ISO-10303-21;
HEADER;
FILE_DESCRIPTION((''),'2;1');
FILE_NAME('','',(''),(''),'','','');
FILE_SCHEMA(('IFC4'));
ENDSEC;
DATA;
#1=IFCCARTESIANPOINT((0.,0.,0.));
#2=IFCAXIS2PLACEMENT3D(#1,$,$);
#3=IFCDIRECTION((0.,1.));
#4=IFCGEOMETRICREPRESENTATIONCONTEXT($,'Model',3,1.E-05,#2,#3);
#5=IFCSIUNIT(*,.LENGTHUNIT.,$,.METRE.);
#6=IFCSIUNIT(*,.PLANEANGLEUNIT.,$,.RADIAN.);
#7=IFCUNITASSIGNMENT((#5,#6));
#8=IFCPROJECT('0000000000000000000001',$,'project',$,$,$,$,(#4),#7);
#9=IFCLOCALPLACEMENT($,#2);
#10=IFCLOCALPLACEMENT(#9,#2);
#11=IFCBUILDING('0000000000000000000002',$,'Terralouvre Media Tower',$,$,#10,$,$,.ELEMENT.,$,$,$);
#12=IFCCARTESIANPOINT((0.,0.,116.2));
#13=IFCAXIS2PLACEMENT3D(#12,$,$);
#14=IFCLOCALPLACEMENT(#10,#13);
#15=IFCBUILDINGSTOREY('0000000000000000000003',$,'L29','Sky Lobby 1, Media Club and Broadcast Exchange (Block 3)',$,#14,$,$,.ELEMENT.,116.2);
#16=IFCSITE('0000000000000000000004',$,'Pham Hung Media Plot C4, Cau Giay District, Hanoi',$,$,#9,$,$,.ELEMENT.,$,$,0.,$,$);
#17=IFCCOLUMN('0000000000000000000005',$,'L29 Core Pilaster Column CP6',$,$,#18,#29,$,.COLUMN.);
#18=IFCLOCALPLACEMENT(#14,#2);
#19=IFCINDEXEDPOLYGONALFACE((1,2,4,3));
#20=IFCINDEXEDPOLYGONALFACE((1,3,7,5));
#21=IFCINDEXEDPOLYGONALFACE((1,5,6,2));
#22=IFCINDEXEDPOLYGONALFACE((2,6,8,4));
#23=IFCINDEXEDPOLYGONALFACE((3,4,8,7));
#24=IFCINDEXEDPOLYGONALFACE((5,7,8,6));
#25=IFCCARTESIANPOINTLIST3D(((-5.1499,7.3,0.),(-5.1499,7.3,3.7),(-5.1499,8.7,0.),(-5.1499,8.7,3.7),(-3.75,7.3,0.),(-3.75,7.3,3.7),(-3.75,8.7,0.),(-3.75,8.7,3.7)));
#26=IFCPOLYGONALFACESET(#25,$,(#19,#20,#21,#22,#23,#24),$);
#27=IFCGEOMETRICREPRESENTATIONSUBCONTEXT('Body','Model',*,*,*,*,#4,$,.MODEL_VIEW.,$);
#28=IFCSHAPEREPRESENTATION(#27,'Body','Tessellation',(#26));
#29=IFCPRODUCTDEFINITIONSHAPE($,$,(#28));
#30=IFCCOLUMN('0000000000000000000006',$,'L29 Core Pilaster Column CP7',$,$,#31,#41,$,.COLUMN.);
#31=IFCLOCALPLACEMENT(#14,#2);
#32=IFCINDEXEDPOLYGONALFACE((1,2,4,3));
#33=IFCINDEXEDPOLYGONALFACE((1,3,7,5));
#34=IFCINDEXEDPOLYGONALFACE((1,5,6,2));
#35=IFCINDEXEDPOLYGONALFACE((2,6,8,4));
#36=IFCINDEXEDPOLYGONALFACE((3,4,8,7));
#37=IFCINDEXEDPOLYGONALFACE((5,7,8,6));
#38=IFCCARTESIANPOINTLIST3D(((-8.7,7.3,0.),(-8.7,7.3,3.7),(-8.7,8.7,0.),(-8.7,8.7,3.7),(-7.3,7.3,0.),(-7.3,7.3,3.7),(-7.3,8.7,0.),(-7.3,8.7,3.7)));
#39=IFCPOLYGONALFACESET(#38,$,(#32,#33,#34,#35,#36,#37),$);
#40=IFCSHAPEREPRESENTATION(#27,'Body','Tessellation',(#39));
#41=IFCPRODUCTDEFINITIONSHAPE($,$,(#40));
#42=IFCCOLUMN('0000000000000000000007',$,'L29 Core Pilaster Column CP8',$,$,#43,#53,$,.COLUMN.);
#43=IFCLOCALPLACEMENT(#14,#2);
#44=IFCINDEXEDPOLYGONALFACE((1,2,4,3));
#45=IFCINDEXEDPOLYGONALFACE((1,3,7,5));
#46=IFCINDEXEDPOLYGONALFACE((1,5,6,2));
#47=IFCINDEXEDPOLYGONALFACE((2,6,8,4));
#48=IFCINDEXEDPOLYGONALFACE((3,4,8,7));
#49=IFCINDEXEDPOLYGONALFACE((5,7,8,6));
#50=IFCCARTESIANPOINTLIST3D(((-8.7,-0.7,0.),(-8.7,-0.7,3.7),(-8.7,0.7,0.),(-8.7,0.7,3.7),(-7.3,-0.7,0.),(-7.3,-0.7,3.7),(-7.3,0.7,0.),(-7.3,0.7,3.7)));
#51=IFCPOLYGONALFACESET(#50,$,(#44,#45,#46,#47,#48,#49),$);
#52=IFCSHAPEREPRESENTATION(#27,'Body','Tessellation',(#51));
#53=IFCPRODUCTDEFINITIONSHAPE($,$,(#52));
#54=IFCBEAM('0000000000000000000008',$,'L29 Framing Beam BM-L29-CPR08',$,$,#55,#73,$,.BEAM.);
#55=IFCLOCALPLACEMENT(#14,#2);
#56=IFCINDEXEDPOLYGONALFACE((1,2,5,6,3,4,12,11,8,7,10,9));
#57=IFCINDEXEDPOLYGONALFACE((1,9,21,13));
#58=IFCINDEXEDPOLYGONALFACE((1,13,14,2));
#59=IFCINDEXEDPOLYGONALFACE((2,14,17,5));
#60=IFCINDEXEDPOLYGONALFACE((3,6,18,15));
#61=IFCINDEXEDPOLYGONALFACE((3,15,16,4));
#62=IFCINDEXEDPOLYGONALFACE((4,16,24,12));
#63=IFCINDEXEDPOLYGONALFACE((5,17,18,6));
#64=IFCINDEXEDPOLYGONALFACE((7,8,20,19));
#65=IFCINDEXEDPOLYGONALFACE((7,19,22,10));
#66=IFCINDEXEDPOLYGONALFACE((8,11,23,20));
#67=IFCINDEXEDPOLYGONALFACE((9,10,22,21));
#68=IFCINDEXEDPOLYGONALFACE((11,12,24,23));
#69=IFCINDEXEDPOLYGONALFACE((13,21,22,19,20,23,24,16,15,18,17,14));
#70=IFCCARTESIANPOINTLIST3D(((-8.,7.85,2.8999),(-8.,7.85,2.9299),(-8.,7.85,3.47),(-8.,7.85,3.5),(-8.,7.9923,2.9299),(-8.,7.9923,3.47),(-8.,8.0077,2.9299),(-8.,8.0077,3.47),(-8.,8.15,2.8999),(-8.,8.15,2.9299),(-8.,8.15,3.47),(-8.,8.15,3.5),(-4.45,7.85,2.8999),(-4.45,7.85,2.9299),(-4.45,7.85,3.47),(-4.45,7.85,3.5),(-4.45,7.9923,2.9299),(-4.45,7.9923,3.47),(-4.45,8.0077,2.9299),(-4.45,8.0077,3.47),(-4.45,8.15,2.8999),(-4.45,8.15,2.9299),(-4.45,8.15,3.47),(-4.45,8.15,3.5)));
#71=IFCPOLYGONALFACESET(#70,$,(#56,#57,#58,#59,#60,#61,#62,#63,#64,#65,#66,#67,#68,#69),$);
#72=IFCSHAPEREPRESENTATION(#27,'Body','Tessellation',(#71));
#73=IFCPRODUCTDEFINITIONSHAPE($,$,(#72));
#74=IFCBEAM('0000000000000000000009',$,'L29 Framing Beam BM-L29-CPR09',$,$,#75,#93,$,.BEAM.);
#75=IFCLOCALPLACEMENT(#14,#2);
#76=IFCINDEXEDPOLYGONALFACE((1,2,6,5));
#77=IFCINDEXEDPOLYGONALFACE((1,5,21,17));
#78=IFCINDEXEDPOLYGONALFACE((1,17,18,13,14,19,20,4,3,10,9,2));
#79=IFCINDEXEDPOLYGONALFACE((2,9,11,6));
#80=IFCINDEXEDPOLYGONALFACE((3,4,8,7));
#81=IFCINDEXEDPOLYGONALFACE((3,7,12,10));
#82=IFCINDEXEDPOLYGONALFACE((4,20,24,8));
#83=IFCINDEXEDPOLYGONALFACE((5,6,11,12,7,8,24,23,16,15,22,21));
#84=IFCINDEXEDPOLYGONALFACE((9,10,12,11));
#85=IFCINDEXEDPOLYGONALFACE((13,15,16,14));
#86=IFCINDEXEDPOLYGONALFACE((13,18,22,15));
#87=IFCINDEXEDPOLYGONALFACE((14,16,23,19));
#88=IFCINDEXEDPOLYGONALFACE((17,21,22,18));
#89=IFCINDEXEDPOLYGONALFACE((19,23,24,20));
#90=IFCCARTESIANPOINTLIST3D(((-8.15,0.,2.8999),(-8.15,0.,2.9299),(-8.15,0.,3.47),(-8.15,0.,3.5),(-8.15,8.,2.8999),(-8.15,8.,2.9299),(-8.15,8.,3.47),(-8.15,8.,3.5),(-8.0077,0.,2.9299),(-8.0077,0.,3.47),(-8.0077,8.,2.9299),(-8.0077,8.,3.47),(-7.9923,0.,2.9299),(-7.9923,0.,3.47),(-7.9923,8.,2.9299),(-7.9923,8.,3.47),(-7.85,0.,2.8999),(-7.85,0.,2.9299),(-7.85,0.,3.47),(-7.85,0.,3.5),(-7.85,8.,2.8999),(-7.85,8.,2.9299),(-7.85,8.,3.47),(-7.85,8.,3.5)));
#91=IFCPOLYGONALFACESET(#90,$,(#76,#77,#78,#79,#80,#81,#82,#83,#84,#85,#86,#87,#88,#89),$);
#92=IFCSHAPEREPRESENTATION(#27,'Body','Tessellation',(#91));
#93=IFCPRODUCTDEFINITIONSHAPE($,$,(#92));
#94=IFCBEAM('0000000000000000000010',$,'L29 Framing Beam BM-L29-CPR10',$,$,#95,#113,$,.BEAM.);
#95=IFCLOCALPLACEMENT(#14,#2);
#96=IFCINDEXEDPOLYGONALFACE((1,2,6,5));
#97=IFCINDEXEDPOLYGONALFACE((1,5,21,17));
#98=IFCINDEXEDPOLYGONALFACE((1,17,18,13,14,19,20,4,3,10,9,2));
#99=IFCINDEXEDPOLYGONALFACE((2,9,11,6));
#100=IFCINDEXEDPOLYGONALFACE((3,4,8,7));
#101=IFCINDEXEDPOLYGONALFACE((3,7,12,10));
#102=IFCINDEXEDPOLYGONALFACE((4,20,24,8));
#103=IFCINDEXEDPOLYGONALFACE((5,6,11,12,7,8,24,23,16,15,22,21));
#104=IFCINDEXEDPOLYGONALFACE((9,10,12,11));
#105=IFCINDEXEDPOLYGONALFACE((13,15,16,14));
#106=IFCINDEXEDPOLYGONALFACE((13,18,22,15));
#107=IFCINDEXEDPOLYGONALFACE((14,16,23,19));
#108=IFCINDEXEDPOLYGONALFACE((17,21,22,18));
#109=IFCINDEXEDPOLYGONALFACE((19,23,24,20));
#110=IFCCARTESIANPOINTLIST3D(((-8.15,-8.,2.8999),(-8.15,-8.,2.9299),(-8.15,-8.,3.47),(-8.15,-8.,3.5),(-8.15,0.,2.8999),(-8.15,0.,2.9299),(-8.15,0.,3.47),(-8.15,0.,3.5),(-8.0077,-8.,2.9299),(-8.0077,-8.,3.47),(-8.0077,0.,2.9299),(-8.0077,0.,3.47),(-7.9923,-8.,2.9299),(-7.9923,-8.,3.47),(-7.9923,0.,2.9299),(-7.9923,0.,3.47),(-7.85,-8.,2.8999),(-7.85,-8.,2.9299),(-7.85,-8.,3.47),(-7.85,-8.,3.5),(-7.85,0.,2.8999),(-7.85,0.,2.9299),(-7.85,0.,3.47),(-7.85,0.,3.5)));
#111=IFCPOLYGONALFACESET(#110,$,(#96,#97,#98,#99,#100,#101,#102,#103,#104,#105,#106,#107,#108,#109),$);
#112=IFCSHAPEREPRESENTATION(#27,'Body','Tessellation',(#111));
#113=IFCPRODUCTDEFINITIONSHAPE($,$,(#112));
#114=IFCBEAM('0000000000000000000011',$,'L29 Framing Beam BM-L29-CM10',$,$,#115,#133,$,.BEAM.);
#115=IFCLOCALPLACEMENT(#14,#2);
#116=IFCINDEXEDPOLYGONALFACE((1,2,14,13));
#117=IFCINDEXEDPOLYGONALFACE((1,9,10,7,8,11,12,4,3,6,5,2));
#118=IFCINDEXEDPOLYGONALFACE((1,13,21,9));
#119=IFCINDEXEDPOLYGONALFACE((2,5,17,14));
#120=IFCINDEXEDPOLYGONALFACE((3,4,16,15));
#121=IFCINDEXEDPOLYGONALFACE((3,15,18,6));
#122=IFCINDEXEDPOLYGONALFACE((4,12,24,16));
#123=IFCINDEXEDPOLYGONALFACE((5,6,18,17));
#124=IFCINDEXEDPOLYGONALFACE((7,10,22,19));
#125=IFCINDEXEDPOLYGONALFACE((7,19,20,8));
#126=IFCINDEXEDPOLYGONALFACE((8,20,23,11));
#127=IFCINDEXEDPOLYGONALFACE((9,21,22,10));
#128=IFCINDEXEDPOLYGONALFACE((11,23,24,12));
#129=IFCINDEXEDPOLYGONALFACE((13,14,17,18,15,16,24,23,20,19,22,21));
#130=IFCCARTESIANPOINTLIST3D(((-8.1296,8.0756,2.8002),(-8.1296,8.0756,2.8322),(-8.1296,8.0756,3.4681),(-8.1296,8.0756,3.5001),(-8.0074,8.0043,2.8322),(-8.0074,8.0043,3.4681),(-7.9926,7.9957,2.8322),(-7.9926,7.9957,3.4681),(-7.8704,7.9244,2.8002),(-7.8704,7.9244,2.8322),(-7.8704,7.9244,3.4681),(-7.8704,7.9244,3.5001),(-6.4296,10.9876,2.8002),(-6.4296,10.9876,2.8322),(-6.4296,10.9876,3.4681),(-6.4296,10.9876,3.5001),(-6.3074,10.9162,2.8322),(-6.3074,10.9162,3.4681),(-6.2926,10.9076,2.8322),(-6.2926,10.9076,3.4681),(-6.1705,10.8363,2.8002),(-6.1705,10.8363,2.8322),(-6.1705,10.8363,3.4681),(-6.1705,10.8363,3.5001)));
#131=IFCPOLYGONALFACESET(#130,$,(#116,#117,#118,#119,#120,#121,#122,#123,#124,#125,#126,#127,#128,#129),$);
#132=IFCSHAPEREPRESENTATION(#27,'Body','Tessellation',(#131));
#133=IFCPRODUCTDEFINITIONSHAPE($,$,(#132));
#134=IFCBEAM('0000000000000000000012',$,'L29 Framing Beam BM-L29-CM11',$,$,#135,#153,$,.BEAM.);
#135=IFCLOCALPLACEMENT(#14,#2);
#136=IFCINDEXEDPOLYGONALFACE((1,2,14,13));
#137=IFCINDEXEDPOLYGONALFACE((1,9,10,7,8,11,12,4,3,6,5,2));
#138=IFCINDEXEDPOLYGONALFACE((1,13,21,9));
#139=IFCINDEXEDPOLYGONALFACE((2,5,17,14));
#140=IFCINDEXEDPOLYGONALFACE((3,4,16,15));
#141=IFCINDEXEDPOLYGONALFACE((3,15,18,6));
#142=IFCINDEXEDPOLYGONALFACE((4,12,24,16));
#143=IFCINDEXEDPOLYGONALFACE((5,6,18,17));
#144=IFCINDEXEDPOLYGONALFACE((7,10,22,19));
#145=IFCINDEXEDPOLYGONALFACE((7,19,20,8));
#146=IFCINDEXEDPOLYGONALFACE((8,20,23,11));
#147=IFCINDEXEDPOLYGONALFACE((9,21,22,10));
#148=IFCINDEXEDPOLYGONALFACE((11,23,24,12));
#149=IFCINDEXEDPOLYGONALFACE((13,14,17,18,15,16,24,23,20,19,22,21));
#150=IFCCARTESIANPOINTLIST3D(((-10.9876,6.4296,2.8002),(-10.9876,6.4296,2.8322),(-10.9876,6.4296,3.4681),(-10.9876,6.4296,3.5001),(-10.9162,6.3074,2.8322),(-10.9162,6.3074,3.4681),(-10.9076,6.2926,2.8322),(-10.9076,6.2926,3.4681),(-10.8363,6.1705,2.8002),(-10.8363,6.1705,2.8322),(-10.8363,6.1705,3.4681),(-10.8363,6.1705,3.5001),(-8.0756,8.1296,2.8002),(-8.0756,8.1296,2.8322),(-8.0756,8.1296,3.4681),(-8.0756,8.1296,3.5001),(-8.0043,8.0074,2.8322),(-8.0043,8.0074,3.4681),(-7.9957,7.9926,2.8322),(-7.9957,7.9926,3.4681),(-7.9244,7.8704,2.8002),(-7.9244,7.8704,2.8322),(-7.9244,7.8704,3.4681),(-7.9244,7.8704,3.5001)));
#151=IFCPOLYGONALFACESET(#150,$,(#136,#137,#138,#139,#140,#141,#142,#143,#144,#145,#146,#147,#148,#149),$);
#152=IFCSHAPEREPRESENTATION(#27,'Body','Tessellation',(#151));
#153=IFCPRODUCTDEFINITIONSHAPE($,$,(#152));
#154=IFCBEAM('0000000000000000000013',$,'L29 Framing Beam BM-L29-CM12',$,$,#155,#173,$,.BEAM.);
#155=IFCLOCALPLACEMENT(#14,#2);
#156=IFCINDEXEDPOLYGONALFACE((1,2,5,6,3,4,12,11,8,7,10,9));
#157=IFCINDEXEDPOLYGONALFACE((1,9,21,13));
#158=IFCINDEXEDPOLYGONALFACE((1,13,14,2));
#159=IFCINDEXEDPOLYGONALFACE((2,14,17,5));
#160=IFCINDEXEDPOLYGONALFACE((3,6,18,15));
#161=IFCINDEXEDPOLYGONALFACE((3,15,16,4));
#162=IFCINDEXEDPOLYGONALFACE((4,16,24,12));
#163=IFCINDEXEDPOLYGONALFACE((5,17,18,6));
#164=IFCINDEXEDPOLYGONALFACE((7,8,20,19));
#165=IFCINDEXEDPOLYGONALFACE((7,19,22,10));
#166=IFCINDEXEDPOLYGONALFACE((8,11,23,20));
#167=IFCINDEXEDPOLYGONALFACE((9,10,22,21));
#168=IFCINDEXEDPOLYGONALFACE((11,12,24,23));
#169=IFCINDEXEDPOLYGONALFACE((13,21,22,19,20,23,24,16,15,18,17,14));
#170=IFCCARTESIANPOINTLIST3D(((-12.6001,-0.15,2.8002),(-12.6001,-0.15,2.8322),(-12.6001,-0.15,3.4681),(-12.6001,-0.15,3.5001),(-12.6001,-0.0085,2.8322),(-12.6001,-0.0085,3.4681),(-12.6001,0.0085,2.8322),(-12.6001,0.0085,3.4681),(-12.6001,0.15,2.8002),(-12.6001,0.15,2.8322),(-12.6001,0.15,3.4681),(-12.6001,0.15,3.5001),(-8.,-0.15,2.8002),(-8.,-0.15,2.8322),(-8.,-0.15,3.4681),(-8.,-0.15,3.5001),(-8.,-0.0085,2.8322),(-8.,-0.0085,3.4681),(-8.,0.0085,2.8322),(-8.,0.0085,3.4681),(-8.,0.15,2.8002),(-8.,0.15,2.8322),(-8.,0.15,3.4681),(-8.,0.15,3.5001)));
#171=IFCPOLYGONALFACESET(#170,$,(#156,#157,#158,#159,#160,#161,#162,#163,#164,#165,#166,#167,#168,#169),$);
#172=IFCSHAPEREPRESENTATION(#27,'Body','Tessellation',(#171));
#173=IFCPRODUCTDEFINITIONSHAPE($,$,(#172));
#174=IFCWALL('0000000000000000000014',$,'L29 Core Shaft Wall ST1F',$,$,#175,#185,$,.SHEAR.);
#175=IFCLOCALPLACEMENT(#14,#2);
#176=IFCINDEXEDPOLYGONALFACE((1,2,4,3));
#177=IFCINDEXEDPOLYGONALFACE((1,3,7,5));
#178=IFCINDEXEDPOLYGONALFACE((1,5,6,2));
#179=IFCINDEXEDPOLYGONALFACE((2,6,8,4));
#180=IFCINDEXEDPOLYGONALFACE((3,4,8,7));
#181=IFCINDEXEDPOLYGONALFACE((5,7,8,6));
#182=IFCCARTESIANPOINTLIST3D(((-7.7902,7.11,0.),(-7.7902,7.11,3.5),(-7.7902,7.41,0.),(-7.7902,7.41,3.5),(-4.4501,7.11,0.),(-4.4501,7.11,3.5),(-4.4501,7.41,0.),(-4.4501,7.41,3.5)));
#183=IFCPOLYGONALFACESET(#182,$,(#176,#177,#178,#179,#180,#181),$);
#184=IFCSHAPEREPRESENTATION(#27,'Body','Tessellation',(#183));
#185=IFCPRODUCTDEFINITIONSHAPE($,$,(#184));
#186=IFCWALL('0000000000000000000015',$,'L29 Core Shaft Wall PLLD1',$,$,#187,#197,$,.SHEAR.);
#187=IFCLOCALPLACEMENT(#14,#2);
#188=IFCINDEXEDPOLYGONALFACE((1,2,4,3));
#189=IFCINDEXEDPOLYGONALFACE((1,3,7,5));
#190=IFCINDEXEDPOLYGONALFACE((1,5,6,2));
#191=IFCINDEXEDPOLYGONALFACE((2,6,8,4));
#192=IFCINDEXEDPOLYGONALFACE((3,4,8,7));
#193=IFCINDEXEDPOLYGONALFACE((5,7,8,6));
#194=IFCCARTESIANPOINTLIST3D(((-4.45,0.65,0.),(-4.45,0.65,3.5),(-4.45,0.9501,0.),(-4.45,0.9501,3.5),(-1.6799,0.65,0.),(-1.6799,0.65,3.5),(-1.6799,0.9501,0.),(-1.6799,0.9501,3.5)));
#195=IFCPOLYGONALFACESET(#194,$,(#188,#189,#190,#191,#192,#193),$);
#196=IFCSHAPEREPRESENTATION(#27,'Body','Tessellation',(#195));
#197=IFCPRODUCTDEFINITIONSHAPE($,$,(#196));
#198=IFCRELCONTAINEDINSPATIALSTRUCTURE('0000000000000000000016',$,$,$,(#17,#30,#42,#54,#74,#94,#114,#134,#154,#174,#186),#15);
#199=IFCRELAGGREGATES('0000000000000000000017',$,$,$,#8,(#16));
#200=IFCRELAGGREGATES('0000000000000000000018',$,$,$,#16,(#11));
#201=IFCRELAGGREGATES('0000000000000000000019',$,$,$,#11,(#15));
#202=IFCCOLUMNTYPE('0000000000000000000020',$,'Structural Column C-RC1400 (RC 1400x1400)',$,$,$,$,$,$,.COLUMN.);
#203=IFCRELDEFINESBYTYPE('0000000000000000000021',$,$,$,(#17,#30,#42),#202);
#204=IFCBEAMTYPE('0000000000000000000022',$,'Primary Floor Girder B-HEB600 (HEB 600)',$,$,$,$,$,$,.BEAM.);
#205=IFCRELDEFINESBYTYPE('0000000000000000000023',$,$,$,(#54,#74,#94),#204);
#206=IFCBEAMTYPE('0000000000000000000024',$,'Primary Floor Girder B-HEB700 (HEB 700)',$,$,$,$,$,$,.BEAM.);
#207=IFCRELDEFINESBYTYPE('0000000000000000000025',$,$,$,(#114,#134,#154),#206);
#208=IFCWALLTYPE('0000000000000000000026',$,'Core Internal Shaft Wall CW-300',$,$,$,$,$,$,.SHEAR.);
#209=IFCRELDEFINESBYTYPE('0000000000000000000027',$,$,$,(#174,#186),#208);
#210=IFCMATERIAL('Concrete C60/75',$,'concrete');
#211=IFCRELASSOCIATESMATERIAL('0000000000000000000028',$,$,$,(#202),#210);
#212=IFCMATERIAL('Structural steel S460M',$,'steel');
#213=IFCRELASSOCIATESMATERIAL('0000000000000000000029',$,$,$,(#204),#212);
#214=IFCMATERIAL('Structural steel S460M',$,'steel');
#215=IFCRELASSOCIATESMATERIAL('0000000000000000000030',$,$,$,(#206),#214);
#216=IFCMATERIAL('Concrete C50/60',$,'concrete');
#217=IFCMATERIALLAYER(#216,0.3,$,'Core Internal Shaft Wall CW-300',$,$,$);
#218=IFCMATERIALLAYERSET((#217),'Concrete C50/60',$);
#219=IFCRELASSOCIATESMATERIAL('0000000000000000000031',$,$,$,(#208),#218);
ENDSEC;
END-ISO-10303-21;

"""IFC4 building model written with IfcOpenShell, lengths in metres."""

from ifc_helpers import new_model, si_unit, direction, frame, frame_2d, origin, origin_2d, place, context, subcontext, project, spatial, rectangle, i_section, extrude, material, layer, layer_set, material_profile, profile_set, type_object, element, save


model = new_model("IFC4")

# Units and contexts
model_context = context("Model", 3, precision=1e-05, world=origin(), true_north=direction((0.0, 1.0)))
body_context = subcontext(model_context, "Body", "Model", "MODEL_VIEW")
ifc_project = project(units=[si_unit("LENGTHUNIT", "METRE"), si_unit("PLANEANGLEUNIT", "RADIAN")], contexts=[model_context])

# Site, building, storey
site_placement = place(None, origin())
site = spatial("IfcSite", under=ifc_project, at=site_placement, Name="Pham Hung Media Plot C4, Cau Giay District, Hanoi", CompositionType="ELEMENT", RefElevation=0.0)
building_placement = place(site_placement, origin())
building = spatial("IfcBuilding", under=site, at=building_placement, Name="Terralouvre Media Tower", CompositionType="ELEMENT")
storey_placement = place(building_placement, frame((0.0, 0.0, 116.2)))
storey = spatial("IfcBuildingStorey", under=building, at=storey_placement, Name="L29", Description="Sky Lobby 1, Media Club and Broadcast Exchange (Block 3)", CompositionType="ELEMENT", Elevation=116.2)

# Columns
ifc_material_1 = material(Name="Concrete C60/75", Category="concrete")
ifc_material_profile_1 = material_profile(ifc_material_1, rectangle(XDim=1.3999, YDim=1.3999, at=origin_2d()), Name="RC 1400x1400")
ifc_profile_set_1 = profile_set([ifc_material_profile_1], Name="Concrete C60/75")
column_type = type_object("IfcColumnType", Name="Structural Column C-RC1400 (RC 1400x1400)", PredefinedType="COLUMN", material=ifc_profile_set_1)
for number, where, z_axis, x_axis, name in (
    (1, (-4.45, 8.0, 0.0), (0.0, 0.0, 1.0), (1.0, 0.0, 0.0), "L29 Core Pilaster Column CP6"),
    (2, (-8.0, 8.0, 0.0), (0.0, 0.0, 1.0), (1.0, 0.0, 0.0), "L29 Core Pilaster Column CP7"),
    (3, (-8.0, 0.0, 0.0), (0.0, 0.0, 1.0), (1.0, 0.0, 0.0), "L29 Core Pilaster Column CP8"),
):
    element("IfcColumn", number, at=place(storey_placement, frame(where, z_axis=z_axis, x_axis=x_axis)), inside=storey, type_object=column_type, Name=name, PredefinedType="COLUMN", context=body_context, shape_type="SweptSolid", body=[
        extrude(rectangle(XDim=1.3999, YDim=1.3999, at=origin_2d()), origin(), (0.0, 0.0, 1.0), 3.7),
    ])

# Beams
ifc_material_2 = material(Name="Structural steel S460M", Category="steel")
ifc_material_profile_2 = material_profile(ifc_material_2, i_section(OverallWidth=0.3, OverallDepth=0.6001, WebThickness=0.0154, FlangeThickness=0.03, at=origin_2d()), Name="HEB 600")
ifc_profile_set_2 = profile_set([ifc_material_profile_2], Name="Structural steel S460M")
beam_type_1 = type_object("IfcBeamType", Name="Primary Floor Girder B-HEB600 (HEB 600)", PredefinedType="BEAM", material=ifc_profile_set_2)
beam_1_placement = place(storey_placement, frame((-4.45, 8.0, 3.2), z_axis=(-1.0, 0.0, 0.0), x_axis=(0.0, -1.0, 0.0)))
element("IfcBeam", 4, at=beam_1_placement, inside=storey, type_object=beam_type_1, Name="L29 Framing Beam BM-L29-CPR08", PredefinedType="BEAM", context=body_context, shape_type="SweptSolid", body=[
    extrude(i_section(OverallWidth=0.3, OverallDepth=0.6001, WebThickness=0.0154, FlangeThickness=0.03, at=origin_2d()), origin(), (0.0, 0.0, 1.0), 3.55),
])
for number, where, z_axis, x_axis, name in (
    (5, (-8.0, 8.0, 3.2), (0.0, -1.0, 0.0), (1.0, 0.0, 0.0), "L29 Framing Beam BM-L29-CPR09"),
    (6, (-8.0, 0.0, 3.2), (0.0, -1.0, 0.0), (1.0, 0.0, 0.0), "L29 Framing Beam BM-L29-CPR10"),
):
    element("IfcBeam", number, at=place(storey_placement, frame(where, z_axis=z_axis, x_axis=x_axis)), inside=storey, type_object=beam_type_1, Name=name, PredefinedType="BEAM", context=body_context, shape_type="SweptSolid", body=[
        extrude(i_section(OverallWidth=0.3, OverallDepth=0.6001, WebThickness=0.0154, FlangeThickness=0.03, at=origin_2d()), origin(), (0.0, 0.0, 1.0), 8.0),
    ])
ifc_material_3 = material(Name="Structural steel S460M", Category="steel")
ifc_material_profile_3 = material_profile(ifc_material_3, i_section(OverallWidth=0.3, OverallDepth=0.7, WebThickness=0.0171, FlangeThickness=0.032, at=origin_2d()), Name="HEB 700")
ifc_profile_set_3 = profile_set([ifc_material_profile_3], Name="Structural steel S460M")
beam_type_2 = type_object("IfcBeamType", Name="Primary Floor Girder B-HEB700 (HEB 700)", PredefinedType="BEAM", material=ifc_profile_set_3)
for number, where, z_axis, x_axis, name in (
    (7, (-8.0, 8.0, 3.1501), (0.504173, 0.863603, 0.0), (-0.863603, 0.504173, 0.0), "L29 Framing Beam BM-L29-CM10"),
    (8, (-8.0, 8.0, 3.1501), (-0.863603, -0.504173, 0.0), (0.504173, -0.863603, 0.0), "L29 Framing Beam BM-L29-CM11"),
):
    element("IfcBeam", number, at=place(storey_placement, frame(where, z_axis=z_axis, x_axis=x_axis)), inside=storey, type_object=beam_type_2, Name=name, PredefinedType="BEAM", context=body_context, shape_type="SweptSolid", body=[
        extrude(i_section(OverallWidth=0.3, OverallDepth=0.7, WebThickness=0.0171, FlangeThickness=0.032, at=origin_2d()), origin(), (0.0, 0.0, 1.0), 3.3718),
    ])
beam_2_placement = place(storey_placement, frame((-8.0, 0.0, 3.1501), z_axis=(-1.0, 0.0, 0.0), x_axis=(0.0, -1.0, 0.0)))
element("IfcBeam", 9, at=beam_2_placement, inside=storey, type_object=beam_type_2, Name="L29 Framing Beam BM-L29-CM12", PredefinedType="BEAM", context=body_context, shape_type="SweptSolid", body=[
    extrude(i_section(OverallWidth=0.3, OverallDepth=0.7, WebThickness=0.0171, FlangeThickness=0.032, at=origin_2d()), origin(), (0.0, 0.0, 1.0), 4.6001),
])

# Shared definitions
ifc_material_4 = material(Name="Concrete C50/60", Category="concrete")
ifc_layer_1 = layer(ifc_material_4, 0.3, Name="Core Internal Shaft Wall CW-300")
ifc_layer_set_1 = layer_set([ifc_layer_1], Name="Concrete C50/60")
wall_type_1 = type_object("IfcWallType", Name="Core Internal Shaft Wall CW-300", PredefinedType="SHEAR", material=ifc_layer_set_1)

# Walls
wall_1_placement = place(storey_placement, frame((-7.79, 7.26, 0.0), z_axis=(0.0, 0.0, 1.0), x_axis=(1.0, 0.0, 0.0)))
element("IfcWall", 10, at=wall_1_placement, inside=storey, type_object=wall_type_1, Name="L29 Core Shaft Wall ST1F", PredefinedType="SHEAR", context=body_context, shape_type="SweptSolid", body=[
    extrude(rectangle(XDim=3.3401, YDim=0.3, at=frame_2d((1.6699, 0.0))), origin(), (0.0, 0.0, 1.0), 3.5),
])
for number, where, z_axis, x_axis, name in (
    (11, (-4.45, 0.8, 0.0), (0.0, 0.0, 1.0), (1.0, 0.0, 0.0), "L29 Core Shaft Wall PLLD1"),
):
    element("IfcWall", number, at=place(storey_placement, frame(where, z_axis=z_axis, x_axis=x_axis)), inside=storey, type_object=wall_type_1, Name=name, PredefinedType="SHEAR", context=body_context, shape_type="SweptSolid", body=[
        extrude(rectangle(XDim=2.77, YDim=0.3, at=frame_2d((1.385, 0.0))), origin(), (0.0, 0.0, 1.0), 3.5),
    ])

save(model, "model.ifc")
